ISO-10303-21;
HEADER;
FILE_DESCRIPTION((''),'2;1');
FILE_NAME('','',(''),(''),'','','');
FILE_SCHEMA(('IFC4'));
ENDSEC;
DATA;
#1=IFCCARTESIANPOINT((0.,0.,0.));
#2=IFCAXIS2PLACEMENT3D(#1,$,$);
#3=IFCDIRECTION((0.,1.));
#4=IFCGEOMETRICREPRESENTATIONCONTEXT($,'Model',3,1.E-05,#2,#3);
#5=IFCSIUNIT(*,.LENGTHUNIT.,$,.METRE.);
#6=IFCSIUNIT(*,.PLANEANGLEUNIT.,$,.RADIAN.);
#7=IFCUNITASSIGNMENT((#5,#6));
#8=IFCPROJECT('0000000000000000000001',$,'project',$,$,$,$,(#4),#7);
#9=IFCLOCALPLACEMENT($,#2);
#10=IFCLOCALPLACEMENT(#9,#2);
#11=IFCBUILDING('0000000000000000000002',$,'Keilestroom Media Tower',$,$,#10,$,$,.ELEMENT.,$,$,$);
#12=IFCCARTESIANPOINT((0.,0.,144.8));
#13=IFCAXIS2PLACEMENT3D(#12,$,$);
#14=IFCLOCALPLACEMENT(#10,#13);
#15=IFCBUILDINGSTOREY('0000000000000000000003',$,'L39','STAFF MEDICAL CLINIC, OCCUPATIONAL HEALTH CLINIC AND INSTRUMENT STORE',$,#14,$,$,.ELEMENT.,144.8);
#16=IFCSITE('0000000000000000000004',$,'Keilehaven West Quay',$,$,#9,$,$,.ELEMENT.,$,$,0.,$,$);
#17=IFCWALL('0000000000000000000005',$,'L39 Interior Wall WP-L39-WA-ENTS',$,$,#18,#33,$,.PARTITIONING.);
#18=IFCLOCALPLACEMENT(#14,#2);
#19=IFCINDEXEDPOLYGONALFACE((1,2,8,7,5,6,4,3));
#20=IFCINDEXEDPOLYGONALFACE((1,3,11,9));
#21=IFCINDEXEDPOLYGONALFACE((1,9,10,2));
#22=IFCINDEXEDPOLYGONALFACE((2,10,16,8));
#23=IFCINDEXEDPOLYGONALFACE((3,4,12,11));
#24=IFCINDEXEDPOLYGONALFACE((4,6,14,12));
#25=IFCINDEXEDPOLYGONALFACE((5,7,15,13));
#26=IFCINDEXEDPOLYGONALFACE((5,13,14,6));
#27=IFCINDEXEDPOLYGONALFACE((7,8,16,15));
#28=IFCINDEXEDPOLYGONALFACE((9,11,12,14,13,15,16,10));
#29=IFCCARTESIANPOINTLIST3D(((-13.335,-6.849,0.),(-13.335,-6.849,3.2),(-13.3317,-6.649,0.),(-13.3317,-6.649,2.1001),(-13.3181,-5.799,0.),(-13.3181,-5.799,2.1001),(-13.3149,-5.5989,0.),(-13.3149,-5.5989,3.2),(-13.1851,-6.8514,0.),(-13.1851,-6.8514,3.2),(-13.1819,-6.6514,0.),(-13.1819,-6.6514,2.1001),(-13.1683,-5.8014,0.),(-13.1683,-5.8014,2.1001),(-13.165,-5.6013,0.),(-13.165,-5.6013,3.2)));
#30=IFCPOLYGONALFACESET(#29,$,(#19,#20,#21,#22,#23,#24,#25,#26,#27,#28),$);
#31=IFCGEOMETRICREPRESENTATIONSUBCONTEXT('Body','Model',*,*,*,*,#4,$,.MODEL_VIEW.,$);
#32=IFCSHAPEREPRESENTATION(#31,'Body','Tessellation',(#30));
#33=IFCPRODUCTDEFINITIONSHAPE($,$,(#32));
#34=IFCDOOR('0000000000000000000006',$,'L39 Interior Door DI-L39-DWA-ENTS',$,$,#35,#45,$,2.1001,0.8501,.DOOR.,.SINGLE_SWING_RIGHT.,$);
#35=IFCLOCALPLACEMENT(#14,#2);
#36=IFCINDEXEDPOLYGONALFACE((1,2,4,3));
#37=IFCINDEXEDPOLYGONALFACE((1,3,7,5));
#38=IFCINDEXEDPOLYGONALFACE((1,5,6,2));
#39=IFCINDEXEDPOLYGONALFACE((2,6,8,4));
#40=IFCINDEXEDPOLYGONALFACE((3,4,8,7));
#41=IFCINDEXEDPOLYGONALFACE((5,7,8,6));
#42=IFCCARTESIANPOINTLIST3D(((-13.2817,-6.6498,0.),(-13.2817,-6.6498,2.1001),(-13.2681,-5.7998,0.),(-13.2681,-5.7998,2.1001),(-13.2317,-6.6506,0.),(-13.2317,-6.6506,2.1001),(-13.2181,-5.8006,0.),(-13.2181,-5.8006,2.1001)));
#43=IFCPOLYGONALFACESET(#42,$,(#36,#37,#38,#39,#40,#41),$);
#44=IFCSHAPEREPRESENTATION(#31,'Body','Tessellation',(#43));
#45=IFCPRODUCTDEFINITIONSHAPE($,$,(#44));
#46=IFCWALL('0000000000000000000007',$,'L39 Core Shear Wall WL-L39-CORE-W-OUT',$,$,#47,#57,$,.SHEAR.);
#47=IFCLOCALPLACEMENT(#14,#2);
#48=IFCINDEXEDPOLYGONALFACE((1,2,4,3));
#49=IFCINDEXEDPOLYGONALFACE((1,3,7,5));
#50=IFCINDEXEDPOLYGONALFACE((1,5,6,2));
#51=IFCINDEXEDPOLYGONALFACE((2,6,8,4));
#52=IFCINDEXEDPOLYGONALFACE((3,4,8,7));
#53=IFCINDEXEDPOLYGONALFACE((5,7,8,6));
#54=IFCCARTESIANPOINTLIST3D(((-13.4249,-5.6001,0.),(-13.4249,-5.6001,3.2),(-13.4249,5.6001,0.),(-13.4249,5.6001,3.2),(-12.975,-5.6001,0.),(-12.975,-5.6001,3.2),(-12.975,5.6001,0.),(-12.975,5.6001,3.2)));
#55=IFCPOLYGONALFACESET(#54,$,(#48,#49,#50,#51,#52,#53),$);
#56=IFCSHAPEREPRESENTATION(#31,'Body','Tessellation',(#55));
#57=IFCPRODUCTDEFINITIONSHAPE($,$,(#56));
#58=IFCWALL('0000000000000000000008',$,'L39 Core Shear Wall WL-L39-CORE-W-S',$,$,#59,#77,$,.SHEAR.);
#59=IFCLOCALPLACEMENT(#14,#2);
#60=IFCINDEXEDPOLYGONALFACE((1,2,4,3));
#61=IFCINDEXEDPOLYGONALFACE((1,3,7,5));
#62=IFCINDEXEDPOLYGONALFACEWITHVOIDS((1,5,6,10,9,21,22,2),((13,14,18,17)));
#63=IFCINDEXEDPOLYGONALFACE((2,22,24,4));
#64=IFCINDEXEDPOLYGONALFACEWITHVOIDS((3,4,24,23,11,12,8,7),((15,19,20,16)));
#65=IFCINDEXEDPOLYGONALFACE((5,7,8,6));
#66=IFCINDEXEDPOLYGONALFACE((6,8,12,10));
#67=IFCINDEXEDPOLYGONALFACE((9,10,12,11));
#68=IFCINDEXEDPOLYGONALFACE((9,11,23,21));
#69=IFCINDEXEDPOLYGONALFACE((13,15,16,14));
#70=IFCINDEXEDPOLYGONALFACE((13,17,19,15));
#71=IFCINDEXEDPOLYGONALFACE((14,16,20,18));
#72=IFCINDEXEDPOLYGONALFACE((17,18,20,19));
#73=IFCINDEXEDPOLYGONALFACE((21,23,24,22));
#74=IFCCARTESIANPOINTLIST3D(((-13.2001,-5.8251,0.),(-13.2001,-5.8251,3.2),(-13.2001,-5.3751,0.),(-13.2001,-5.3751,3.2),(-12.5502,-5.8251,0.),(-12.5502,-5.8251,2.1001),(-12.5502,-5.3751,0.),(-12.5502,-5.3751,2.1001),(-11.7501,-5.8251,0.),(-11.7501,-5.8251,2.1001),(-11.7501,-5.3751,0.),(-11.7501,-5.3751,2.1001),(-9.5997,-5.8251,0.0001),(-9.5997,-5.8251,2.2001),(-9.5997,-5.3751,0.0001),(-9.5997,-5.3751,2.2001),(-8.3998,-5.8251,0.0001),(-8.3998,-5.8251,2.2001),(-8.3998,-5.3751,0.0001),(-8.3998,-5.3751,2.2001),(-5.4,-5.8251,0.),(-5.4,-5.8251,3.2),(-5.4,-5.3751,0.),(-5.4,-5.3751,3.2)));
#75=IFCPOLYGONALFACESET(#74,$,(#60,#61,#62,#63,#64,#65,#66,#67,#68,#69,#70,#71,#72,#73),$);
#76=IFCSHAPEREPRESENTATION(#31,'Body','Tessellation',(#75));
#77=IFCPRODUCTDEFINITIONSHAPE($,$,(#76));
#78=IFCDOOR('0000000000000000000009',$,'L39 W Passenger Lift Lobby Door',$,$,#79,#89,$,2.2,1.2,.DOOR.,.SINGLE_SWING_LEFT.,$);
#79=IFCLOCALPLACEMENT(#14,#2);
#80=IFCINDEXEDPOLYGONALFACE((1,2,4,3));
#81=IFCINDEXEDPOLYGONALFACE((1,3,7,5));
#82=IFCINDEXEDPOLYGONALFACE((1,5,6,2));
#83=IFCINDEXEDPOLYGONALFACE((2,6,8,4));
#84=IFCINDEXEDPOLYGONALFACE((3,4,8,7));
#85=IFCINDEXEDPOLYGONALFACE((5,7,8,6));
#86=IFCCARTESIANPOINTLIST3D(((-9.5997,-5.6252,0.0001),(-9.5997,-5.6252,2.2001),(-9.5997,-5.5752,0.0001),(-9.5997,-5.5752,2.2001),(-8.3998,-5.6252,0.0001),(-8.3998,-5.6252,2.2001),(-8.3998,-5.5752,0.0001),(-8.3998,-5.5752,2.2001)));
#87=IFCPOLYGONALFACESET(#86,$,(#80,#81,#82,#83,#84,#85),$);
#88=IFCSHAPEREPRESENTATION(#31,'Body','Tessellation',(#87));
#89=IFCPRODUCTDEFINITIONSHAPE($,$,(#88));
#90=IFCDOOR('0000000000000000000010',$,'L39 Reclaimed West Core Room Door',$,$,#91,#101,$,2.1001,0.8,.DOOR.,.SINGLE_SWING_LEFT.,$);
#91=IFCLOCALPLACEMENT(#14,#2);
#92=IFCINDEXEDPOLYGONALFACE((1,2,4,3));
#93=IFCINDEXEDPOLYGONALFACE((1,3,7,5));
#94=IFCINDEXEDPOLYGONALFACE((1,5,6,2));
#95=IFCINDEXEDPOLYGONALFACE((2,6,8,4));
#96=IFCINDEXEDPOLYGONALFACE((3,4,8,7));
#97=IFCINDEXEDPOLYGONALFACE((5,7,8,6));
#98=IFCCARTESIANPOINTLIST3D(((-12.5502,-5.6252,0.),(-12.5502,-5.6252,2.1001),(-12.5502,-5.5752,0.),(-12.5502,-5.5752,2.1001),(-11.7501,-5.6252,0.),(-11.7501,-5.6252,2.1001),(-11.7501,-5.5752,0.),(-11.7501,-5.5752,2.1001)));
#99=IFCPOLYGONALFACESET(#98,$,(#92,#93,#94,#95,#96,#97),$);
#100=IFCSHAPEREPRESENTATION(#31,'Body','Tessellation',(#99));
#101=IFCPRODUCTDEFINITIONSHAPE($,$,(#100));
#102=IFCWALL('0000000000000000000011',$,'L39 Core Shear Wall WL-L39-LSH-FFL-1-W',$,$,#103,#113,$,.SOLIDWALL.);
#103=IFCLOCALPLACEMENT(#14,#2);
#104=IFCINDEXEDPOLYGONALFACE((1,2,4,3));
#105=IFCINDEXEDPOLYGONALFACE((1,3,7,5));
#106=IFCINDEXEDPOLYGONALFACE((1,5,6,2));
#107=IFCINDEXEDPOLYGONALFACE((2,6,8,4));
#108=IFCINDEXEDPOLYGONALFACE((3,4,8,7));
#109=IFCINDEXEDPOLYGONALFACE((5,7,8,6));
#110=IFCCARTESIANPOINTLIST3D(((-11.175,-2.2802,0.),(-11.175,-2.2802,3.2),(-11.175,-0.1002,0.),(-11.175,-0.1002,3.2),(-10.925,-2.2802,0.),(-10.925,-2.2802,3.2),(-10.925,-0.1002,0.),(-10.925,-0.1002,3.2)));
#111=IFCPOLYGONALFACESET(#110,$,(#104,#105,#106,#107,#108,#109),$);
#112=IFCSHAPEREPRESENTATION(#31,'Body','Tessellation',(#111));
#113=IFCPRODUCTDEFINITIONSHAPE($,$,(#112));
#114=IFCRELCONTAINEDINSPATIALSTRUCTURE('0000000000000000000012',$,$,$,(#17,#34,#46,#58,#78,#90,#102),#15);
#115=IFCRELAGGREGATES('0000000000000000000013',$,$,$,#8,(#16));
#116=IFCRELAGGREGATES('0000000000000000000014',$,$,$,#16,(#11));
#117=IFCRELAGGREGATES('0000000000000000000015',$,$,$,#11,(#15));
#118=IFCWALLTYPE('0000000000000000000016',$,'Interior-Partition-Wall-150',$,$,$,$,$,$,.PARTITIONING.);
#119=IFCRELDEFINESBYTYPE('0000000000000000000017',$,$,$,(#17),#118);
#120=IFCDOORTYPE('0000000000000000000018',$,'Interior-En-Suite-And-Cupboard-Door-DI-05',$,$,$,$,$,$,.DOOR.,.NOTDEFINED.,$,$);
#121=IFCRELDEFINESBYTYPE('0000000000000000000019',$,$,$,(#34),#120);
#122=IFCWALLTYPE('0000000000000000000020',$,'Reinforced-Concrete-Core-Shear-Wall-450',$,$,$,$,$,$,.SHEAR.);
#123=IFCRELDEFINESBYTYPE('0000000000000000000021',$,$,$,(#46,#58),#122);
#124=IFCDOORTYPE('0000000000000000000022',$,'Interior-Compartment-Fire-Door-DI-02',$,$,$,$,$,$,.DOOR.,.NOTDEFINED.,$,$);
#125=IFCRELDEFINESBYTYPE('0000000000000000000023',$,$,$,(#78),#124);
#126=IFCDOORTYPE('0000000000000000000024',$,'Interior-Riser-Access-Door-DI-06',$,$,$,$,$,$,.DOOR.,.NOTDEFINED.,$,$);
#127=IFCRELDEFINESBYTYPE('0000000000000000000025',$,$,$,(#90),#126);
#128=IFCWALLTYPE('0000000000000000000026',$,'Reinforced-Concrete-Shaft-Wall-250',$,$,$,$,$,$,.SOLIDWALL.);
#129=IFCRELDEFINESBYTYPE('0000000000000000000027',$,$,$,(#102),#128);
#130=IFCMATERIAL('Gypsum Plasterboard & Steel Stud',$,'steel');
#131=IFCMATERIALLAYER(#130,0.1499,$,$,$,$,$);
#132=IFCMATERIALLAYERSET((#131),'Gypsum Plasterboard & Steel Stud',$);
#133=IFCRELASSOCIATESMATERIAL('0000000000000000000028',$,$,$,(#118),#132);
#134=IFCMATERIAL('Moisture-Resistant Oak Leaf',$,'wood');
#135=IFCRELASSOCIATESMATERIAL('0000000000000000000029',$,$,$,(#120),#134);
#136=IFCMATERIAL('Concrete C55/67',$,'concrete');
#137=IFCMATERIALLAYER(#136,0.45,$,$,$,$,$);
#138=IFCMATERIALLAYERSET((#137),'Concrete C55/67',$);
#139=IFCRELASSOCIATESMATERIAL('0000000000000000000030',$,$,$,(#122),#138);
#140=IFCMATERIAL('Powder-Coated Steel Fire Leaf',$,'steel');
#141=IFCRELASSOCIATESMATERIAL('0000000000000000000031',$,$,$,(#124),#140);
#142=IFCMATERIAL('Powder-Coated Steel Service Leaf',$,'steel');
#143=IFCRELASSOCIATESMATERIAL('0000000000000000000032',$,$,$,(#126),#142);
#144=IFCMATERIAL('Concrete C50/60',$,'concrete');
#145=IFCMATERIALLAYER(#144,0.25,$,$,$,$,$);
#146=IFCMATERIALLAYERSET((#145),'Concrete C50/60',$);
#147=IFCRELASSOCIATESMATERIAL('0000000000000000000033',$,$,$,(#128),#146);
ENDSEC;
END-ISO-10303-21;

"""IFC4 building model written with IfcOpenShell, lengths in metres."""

from ifc_helpers import new_model, si_unit, direction, frame, frame_2d, origin, place, context, subcontext, project, spatial, rectangle, extrude, source, transform, mapped, material, layer, layer_set, type_object, element, fill, save


model = new_model("IFC4")

# Units and contexts
model_context = context("Model", 3, precision=1e-05, world=origin(), true_north=direction((0.0, 1.0)))
body_context = subcontext(model_context, "Body", "Model", "MODEL_VIEW")
ifc_project = project(units=[si_unit("LENGTHUNIT", "METRE"), si_unit("PLANEANGLEUNIT", "RADIAN")], contexts=[model_context])

# Site, building, storey
site_placement = place(None, origin())
site = spatial("IfcSite", under=ifc_project, at=site_placement, Name="Keilehaven West Quay", CompositionType="ELEMENT", RefElevation=0.0)
building_placement = place(site_placement, origin())
building = spatial("IfcBuilding", under=site, at=building_placement, Name="Keilestroom Media Tower", CompositionType="ELEMENT")
storey_placement = place(building_placement, frame((0.0, 0.0, 144.8)))
storey = spatial("IfcBuildingStorey", under=building, at=storey_placement, Name="L39", Description="STAFF MEDICAL CLINIC, OCCUPATIONAL HEALTH CLINIC AND INSTRUMENT STORE", CompositionType="ELEMENT", Elevation=144.8)

# Shared definitions
ifc_material_1 = material(Name="Gypsum Plasterboard & Steel Stud", Category="steel")
ifc_layer_1 = layer(ifc_material_1, 0.1499)
ifc_layer_set_1 = layer_set([ifc_layer_1], Name="Gypsum Plasterboard & Steel Stud")
wall_type_1 = type_object("IfcWallType", Name="Interior-Partition-Wall-150", PredefinedType="PARTITIONING", material=ifc_layer_set_1)

# Wall, opening, door
wall_1_placement = place(storey_placement, frame((-13.26, -6.8501, 0.0), z_axis=(0.0, 0.0, 1.0), x_axis=(0.016014, 0.999872, 0.0)))
wall_1 = element("IfcWall", 1, at=wall_1_placement, inside=storey, type_object=wall_type_1, Name="L39 Interior Wall WP-L39-WA-ENTS", PredefinedType="PARTITIONING", context=body_context, shape_type="SweptSolid", body=[
    extrude(rectangle(XDim=1.2502, YDim=0.1499, at=frame_2d((0.625, 0.0))), origin(), (0.0, 0.0, 1.0), 3.2),
])
opening_1_placement = place(wall_1_placement, frame((0.2, 0.0, 0.0)))
opening_1 = element("IfcOpeningElement", 2, at=opening_1_placement, cuts=wall_1, PredefinedType="OPENING", context=body_context, shape_type="SweptSolid", body=[
    extrude(rectangle(XDim=0.8501, YDim=2.1001, at=frame_2d((0.425, 1.05))), frame((0.0, 0.085, 0.0), z_axis=(0.0, -1.0, 0.0), x_axis=(1.0, 0.0, 0.0)), (0.0, 0.0, 1.0), 0.1699),
])
ifc_material_2 = material(Name="Moisture-Resistant Oak Leaf", Category="wood")
door_type_1 = type_object("IfcDoorType", Name="Interior-En-Suite-And-Cupboard-Door-DI-05", OperationType="NOTDEFINED", PredefinedType="DOOR", material=ifc_material_2)
shared_shape_1 = source(origin(), body_context, "Body", "SweptSolid", [
    extrude(rectangle(XDim=0.8501, YDim=2.1001, at=frame_2d((0.425, 1.05))), frame((0.0, 0.0249, 0.0), z_axis=(0.0, -1.0, 0.0), x_axis=(1.0, 0.0, 0.0)), (0.0, 0.0, 1.0), 0.05),
])
door_1_placement = place(opening_1_placement, origin())
door_1 = element("IfcDoor", 3, at=door_1_placement, inside=storey, type_object=door_type_1, Name="L39 Interior Door DI-L39-DWA-ENTS", OperationType="SINGLE_SWING_RIGHT", OverallHeight=2.1001, OverallWidth=0.8501, PredefinedType="DOOR", context=body_context, shape_type="MappedRepresentation", body=[
    mapped(shared_shape_1, transform((0.0, 0.0, 0.0), x_axis=(1.0, 0.0, 0.0), y_axis=(0.0, 1.0, 0.0), z_axis=(0.0, 0.0, 1.0), scale=1.0)),
])
fill(opening_1, door_1)

# Wall
ifc_material_3 = material(Name="Concrete C55/67", Category="concrete")
ifc_layer_2 = layer(ifc_material_3, 0.45)
ifc_layer_set_2 = layer_set([ifc_layer_2], Name="Concrete C55/67")
wall_type_2 = type_object("IfcWallType", Name="Reinforced-Concrete-Core-Shear-Wall-450", PredefinedType="SHEAR", material=ifc_layer_set_2)
wall_2_placement = place(storey_placement, frame((-13.2, -5.6001, 0.0), z_axis=(0.0, 0.0, 1.0), x_axis=(0.0, 1.0, 0.0)))
element("IfcWall", 4, at=wall_2_placement, inside=storey, type_object=wall_type_2, Name="L39 Core Shear Wall WL-L39-CORE-W-OUT", PredefinedType="SHEAR", context=body_context, shape_type="SweptSolid", body=[
    extrude(rectangle(XDim=11.2002, YDim=0.45, at=frame_2d((5.6001, 0.0))), origin(), (0.0, 0.0, 1.0), 3.2),
])

# Wall, openings, doors
wall_3_placement = place(storey_placement, frame((-13.2, -5.6001, 0.0), z_axis=(0.0, 0.0, 1.0), x_axis=(1.0, 0.0, 0.0)))
wall_3 = element("IfcWall", 5, at=wall_3_placement, inside=storey, type_object=wall_type_2, Name="L39 Core Shear Wall WL-L39-CORE-W-S", PredefinedType="SHEAR", context=body_context, shape_type="SweptSolid", body=[
    extrude(rectangle(XDim=7.8, YDim=0.45, at=frame_2d((3.8999, 0.0))), origin(), (0.0, 0.0, 1.0), 3.2),
])
opening_2_placement = place(wall_3_placement, frame((3.6001, 0.0, 0.0)))
opening_2 = element("IfcOpeningElement", 6, at=opening_2_placement, cuts=wall_3, PredefinedType="OPENING", context=body_context, shape_type="SweptSolid", body=[
    extrude(rectangle(XDim=1.2, YDim=2.2, at=frame_2d((0.6001, 1.1001))), frame((0.0, 0.2349, 0.0), z_axis=(0.0, -1.0, 0.0), x_axis=(1.0, 0.0, 0.0)), (0.0, 0.0, 1.0), 0.47),
])
opening_3_placement = place(wall_3_placement, frame((0.6499, 0.0, 0.0)))
opening_3 = element("IfcOpeningElement", 7, at=opening_3_placement, cuts=wall_3, PredefinedType="OPENING", context=body_context, shape_type="SweptSolid", body=[
    extrude(rectangle(XDim=0.8, YDim=2.1001, at=frame_2d((0.3999, 1.05))), frame((0.0, 0.2349, 0.0), z_axis=(0.0, -1.0, 0.0), x_axis=(1.0, 0.0, 0.0)), (0.0, 0.0, 1.0), 0.47),
])
ifc_material_4 = material(Name="Powder-Coated Steel Fire Leaf", Category="steel")
door_type_2 = type_object("IfcDoorType", Name="Interior-Compartment-Fire-Door-DI-02", OperationType="NOTDEFINED", PredefinedType="DOOR", material=ifc_material_4)
shared_shape_2 = source(origin(), body_context, "Body", "SweptSolid", [
    extrude(rectangle(XDim=1.2, YDim=2.2, at=frame_2d((0.6001, 1.1001))), frame((0.0, 0.0249, 0.0), z_axis=(0.0, -1.0, 0.0), x_axis=(1.0, 0.0, 0.0)), (0.0, 0.0, 1.0), 0.05),
])
door_2_placement = place(opening_2_placement, origin())
door_2 = element("IfcDoor", 8, at=door_2_placement, inside=storey, type_object=door_type_2, Name="L39 W Passenger Lift Lobby Door", OperationType="SINGLE_SWING_LEFT", OverallHeight=2.2, OverallWidth=1.2, PredefinedType="DOOR", context=body_context, shape_type="MappedRepresentation", body=[
    mapped(shared_shape_2, transform((0.0, 0.0, 0.0), x_axis=(1.0, 0.0, 0.0), y_axis=(0.0, 1.0, 0.0), z_axis=(0.0, 0.0, 1.0), scale=1.0)),
])
fill(opening_2, door_2)
ifc_material_5 = material(Name="Powder-Coated Steel Service Leaf", Category="steel")
door_type_3 = type_object("IfcDoorType", Name="Interior-Riser-Access-Door-DI-06", OperationType="NOTDEFINED", PredefinedType="DOOR", material=ifc_material_5)
shared_shape_3 = source(origin(), body_context, "Body", "SweptSolid", [
    extrude(rectangle(XDim=0.8, YDim=2.1001, at=frame_2d((0.3999, 1.05))), frame((0.0, 0.0249, 0.0), z_axis=(0.0, -1.0, 0.0), x_axis=(1.0, 0.0, 0.0)), (0.0, 0.0, 1.0), 0.05),
])
door_3_placement = place(opening_3_placement, origin())
door_3 = element("IfcDoor", 9, at=door_3_placement, inside=storey, type_object=door_type_3, Name="L39 Reclaimed West Core Room Door", OperationType="SINGLE_SWING_LEFT", OverallHeight=2.1001, OverallWidth=0.8, PredefinedType="DOOR", context=body_context, shape_type="MappedRepresentation", body=[
    mapped(shared_shape_3, transform((0.0, 0.0, 0.0), x_axis=(1.0, 0.0, 0.0), y_axis=(0.0, 1.0, 0.0), z_axis=(0.0, 0.0, 1.0), scale=1.0)),
])
fill(opening_3, door_3)

# Wall
ifc_material_6 = material(Name="Concrete C50/60", Category="concrete")
ifc_layer_3 = layer(ifc_material_6, 0.25)
ifc_layer_set_3 = layer_set([ifc_layer_3], Name="Concrete C50/60")
wall_type_3 = type_object("IfcWallType", Name="Reinforced-Concrete-Shaft-Wall-250", PredefinedType="SOLIDWALL", material=ifc_layer_set_3)
wall_4_placement = place(storey_placement, frame((-11.05, -2.28, 0.0), z_axis=(0.0, 0.0, 1.0), x_axis=(0.0, 1.0, 0.0)))
element("IfcWall", 10, at=wall_4_placement, inside=storey, type_object=wall_type_3, Name="L39 Core Shear Wall WL-L39-LSH-FFL-1-W", PredefinedType="SOLIDWALL", context=body_context, shape_type="SweptSolid", body=[
    extrude(rectangle(XDim=2.1799, YDim=0.25, at=frame_2d((1.0898, 0.0))), origin(), (0.0, 0.0, 1.0), 3.2),
])

save(model, "model.ifc")
